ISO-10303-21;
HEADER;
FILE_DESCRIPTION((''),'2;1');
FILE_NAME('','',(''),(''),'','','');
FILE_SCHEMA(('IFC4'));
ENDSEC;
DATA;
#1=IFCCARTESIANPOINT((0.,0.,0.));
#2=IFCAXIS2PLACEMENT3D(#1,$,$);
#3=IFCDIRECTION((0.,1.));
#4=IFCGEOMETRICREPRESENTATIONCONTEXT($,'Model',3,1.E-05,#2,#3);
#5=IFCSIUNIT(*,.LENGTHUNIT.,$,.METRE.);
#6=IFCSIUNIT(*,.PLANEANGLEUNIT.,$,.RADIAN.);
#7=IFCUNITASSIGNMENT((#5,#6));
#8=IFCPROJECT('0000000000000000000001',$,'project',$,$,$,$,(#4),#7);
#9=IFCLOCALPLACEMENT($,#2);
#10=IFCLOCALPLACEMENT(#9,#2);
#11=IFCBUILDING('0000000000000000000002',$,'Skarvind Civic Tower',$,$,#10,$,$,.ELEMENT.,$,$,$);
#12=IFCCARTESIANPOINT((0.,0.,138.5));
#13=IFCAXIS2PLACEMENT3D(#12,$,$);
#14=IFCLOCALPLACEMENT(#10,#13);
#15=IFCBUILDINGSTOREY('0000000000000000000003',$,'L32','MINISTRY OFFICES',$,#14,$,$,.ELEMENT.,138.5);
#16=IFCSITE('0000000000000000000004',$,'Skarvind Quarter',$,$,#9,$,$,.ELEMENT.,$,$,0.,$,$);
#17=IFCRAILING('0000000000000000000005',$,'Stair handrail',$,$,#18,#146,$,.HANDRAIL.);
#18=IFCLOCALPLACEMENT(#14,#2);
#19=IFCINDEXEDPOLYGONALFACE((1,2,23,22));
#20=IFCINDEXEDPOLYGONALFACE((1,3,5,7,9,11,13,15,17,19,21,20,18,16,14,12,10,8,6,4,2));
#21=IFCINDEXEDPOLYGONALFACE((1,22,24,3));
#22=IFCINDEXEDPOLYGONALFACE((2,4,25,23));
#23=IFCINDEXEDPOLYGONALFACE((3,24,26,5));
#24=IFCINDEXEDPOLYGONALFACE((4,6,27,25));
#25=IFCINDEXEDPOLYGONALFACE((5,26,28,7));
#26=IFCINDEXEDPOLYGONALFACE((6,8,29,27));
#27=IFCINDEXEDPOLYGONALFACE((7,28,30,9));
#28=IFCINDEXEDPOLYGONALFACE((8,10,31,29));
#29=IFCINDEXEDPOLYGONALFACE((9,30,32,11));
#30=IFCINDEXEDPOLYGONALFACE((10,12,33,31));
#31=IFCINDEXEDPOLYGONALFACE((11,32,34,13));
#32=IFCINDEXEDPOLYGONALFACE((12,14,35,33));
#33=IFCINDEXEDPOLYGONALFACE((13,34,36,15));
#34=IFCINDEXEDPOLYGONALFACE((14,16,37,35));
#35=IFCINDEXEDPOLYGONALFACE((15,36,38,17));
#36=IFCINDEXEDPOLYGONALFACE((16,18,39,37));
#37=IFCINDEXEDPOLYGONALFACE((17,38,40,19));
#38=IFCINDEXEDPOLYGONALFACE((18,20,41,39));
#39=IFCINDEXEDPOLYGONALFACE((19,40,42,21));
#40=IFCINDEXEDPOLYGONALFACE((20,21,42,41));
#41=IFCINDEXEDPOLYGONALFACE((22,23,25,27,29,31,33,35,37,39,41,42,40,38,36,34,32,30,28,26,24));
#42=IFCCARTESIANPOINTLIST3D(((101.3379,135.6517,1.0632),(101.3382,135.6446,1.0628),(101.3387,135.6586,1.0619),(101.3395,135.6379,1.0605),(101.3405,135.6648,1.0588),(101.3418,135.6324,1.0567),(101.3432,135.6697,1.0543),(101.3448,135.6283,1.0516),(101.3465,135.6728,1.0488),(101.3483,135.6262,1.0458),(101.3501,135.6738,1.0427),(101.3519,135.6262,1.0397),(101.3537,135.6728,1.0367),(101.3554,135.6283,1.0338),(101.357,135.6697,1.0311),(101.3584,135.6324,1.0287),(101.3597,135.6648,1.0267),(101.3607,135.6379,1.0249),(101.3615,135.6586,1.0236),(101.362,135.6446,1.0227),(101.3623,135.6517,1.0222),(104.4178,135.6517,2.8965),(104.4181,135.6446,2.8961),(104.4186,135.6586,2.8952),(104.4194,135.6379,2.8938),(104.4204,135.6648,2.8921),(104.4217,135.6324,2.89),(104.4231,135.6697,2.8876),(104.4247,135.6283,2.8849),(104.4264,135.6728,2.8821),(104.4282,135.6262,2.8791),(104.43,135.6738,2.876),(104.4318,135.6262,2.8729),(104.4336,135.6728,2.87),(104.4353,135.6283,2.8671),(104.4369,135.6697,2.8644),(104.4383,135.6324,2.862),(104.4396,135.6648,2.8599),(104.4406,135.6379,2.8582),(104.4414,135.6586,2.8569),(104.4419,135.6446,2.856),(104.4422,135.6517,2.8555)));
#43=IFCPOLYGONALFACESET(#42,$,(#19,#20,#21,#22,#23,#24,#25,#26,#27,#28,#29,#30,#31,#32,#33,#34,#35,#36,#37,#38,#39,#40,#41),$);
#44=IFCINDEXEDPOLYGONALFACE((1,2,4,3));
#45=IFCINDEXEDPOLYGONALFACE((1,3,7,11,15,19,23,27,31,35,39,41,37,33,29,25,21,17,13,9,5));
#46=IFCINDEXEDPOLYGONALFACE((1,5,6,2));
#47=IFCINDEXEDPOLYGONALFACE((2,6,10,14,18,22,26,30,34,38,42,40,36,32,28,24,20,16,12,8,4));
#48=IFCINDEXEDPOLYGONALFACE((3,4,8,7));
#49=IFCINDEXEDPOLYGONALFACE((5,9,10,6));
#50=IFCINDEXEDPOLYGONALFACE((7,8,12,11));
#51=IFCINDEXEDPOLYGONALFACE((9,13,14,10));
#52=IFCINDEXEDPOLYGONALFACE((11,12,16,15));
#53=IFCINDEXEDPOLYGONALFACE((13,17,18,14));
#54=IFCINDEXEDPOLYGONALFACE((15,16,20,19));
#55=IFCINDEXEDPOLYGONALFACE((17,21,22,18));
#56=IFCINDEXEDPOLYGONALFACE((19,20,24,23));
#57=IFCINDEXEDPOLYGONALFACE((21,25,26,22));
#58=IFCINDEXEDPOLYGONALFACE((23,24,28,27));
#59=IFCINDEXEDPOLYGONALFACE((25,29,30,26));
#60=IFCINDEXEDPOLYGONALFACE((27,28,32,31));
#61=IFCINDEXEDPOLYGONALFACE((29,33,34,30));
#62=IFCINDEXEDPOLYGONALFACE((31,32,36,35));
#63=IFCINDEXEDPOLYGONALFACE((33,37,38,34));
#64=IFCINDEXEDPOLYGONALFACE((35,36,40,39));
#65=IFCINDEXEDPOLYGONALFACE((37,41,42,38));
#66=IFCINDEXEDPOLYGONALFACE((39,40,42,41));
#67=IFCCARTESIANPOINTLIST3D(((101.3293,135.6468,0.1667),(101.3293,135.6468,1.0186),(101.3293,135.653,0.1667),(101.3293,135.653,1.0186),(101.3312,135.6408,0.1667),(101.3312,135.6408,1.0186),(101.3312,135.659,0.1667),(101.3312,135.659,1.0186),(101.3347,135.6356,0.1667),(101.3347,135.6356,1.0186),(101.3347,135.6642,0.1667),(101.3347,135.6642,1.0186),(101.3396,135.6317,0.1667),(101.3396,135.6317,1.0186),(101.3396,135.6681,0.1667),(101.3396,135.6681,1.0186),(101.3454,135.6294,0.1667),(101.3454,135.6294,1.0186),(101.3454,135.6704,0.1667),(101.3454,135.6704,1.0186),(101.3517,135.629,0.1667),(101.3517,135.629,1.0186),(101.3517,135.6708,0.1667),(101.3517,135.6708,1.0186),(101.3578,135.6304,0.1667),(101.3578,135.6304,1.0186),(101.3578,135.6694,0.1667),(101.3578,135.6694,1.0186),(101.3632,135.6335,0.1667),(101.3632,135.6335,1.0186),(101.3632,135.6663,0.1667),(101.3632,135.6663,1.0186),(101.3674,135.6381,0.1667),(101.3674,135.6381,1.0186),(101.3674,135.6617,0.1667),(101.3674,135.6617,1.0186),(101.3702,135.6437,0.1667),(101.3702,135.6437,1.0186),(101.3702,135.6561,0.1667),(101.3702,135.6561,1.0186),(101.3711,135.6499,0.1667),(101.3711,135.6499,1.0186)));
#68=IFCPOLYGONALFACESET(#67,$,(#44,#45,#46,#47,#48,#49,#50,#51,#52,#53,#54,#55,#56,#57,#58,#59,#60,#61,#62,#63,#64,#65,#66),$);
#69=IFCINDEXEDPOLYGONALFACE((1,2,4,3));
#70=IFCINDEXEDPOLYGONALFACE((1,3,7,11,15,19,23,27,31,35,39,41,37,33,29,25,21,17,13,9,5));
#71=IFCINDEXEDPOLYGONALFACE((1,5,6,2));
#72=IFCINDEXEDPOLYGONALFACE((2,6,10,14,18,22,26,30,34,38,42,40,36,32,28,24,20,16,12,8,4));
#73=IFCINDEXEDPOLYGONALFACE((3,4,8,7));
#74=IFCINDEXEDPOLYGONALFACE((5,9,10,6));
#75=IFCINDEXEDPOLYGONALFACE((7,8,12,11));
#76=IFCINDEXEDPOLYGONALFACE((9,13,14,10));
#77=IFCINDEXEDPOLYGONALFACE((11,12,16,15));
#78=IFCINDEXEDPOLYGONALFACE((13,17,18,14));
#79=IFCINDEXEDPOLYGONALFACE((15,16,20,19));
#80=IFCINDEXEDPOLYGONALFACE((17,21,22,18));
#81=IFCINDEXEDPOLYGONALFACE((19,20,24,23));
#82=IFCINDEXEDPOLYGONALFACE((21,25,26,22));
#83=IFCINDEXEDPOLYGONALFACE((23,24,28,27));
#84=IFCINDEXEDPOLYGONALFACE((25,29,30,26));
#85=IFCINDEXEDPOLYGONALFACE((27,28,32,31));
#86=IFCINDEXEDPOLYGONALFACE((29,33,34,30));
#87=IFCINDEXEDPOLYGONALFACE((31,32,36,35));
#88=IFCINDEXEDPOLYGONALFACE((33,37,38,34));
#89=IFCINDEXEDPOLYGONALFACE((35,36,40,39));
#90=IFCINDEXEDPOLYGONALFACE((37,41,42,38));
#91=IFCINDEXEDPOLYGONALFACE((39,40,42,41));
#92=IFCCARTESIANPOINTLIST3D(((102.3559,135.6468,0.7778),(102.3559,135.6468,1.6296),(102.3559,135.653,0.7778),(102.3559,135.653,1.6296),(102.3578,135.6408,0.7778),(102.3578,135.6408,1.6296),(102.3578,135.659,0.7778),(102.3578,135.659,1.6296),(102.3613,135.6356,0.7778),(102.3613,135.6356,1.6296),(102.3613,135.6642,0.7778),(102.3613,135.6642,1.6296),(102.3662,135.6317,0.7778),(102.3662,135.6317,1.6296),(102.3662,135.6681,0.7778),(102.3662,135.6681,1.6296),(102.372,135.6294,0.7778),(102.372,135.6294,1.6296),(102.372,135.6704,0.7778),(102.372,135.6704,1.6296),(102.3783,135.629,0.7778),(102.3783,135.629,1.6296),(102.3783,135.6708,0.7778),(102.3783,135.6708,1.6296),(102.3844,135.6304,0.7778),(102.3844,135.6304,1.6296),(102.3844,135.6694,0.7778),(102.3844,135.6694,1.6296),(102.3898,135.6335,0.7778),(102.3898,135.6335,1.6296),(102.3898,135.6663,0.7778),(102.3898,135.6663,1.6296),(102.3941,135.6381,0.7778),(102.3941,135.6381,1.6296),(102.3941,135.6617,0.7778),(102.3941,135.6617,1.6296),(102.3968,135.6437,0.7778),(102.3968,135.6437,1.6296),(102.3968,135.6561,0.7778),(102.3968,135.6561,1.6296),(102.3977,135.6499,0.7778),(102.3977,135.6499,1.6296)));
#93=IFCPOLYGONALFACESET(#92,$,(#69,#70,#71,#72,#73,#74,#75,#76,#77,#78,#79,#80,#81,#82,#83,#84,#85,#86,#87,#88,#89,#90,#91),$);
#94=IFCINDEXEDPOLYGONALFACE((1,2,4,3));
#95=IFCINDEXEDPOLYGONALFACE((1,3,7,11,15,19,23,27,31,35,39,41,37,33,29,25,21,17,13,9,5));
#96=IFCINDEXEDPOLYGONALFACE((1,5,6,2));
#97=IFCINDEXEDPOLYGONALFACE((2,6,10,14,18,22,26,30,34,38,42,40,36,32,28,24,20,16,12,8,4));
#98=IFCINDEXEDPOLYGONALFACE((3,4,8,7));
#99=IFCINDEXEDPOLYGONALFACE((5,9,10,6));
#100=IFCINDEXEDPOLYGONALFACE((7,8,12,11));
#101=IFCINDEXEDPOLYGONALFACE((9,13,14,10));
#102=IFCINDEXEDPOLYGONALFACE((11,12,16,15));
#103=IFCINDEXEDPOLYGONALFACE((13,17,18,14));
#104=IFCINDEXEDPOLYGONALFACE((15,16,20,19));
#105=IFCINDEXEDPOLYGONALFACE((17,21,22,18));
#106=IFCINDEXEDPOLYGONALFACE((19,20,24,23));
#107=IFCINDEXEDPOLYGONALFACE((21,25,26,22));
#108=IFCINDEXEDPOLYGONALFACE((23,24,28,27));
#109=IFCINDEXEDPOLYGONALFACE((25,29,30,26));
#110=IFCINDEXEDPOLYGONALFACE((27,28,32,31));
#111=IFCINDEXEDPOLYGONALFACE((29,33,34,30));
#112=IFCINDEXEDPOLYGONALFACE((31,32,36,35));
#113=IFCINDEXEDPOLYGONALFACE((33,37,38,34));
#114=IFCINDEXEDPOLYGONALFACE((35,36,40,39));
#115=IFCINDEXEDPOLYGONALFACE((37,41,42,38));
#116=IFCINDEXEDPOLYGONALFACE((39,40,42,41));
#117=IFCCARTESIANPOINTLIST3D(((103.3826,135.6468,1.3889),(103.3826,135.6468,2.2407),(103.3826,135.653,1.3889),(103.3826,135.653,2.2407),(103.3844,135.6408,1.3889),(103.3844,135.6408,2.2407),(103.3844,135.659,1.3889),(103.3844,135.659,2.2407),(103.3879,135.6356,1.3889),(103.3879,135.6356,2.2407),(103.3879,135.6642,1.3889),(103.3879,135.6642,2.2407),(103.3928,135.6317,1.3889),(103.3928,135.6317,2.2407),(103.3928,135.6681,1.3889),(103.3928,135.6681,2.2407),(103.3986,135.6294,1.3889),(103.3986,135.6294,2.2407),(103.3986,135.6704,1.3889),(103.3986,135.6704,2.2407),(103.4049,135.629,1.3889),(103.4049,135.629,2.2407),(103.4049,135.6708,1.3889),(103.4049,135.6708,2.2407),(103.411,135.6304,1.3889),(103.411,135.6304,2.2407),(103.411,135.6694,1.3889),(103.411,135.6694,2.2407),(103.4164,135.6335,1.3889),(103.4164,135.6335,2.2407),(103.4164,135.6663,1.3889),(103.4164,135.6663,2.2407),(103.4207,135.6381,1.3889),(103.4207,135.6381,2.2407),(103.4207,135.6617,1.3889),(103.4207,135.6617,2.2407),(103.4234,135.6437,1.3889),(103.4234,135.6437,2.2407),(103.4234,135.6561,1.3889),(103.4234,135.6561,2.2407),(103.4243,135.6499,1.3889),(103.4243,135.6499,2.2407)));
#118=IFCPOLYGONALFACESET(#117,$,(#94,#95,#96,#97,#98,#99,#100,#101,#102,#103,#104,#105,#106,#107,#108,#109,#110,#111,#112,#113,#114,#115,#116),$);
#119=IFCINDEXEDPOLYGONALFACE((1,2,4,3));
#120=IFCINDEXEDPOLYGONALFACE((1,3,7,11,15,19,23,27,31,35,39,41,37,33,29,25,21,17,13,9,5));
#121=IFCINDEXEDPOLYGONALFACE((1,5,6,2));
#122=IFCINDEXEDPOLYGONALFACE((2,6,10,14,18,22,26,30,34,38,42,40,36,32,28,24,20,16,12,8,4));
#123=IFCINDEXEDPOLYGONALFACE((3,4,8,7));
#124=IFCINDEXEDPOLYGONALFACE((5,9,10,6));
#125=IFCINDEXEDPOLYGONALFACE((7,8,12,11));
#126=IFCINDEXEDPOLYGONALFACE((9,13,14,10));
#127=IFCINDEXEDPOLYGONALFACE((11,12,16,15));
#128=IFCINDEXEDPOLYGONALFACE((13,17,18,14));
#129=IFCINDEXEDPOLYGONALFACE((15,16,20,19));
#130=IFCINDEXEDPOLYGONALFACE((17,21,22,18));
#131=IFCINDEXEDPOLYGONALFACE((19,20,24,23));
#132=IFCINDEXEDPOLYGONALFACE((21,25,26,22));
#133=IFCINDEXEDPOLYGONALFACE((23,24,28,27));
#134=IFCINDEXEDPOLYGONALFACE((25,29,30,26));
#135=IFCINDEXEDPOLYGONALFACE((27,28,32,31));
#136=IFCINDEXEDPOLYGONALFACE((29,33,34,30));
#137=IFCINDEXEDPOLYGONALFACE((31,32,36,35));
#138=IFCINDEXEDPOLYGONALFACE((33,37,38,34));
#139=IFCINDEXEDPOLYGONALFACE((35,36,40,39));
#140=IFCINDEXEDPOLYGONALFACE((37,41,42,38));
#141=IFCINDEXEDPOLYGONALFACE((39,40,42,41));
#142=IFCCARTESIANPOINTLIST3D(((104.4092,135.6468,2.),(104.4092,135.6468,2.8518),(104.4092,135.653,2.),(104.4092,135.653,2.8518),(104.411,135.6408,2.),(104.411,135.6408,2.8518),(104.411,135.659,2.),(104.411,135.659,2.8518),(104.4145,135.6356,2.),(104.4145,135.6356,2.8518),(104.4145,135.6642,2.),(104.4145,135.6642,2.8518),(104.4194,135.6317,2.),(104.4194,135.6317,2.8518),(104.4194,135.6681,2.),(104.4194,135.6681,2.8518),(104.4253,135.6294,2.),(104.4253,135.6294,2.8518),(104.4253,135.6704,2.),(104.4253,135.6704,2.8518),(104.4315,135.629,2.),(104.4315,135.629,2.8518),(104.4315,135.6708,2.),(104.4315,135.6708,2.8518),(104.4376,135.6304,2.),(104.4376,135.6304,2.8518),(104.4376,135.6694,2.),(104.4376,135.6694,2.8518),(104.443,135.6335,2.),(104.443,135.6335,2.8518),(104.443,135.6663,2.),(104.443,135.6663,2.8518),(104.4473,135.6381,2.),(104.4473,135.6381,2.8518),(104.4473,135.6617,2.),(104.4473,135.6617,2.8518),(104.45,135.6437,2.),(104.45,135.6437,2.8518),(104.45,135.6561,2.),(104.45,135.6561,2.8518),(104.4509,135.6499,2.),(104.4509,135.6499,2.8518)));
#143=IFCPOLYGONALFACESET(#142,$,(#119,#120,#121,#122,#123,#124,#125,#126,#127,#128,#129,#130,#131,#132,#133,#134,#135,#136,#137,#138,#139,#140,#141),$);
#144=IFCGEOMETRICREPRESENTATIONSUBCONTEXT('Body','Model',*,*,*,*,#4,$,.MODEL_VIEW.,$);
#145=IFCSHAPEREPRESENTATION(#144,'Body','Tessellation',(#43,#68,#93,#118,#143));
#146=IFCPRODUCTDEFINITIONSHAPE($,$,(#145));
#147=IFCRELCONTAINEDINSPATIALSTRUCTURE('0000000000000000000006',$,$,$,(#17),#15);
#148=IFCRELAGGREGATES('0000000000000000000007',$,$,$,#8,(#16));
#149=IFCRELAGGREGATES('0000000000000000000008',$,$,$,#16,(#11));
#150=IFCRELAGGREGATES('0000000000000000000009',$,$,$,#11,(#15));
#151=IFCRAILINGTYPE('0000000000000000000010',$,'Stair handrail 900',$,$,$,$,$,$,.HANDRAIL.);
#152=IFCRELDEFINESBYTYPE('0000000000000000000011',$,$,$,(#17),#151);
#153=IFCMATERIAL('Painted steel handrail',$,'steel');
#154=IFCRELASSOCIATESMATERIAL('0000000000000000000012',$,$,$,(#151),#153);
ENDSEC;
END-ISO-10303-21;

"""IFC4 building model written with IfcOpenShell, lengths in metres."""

from ifc_helpers import new_model, si_unit, direction, frame, origin, origin_2d, place, context, subcontext, project, spatial, circle, extrude, material, type_object, element, save


model = new_model("IFC4")

# Units and contexts
model_context = context("Model", 3, precision=1e-05, world=origin(), true_north=direction((0.0, 1.0)))
body_context = subcontext(model_context, "Body", "Model", "MODEL_VIEW")
ifc_project = project(units=[si_unit("LENGTHUNIT", "METRE"), si_unit("PLANEANGLEUNIT", "RADIAN")], contexts=[model_context])

# Site, building, storey
site_placement = place(None, origin())
site = spatial("IfcSite", under=ifc_project, at=site_placement, Name="Skarvind Quarter", CompositionType="ELEMENT", RefElevation=0.0)
building_placement = place(site_placement, origin())
building = spatial("IfcBuilding", under=site, at=building_placement, Name="Skarvind Civic Tower", CompositionType="ELEMENT")
storey_placement = place(building_placement, frame((0.0, 0.0, 138.5)))
storey = spatial("IfcBuildingStorey", under=building, at=storey_placement, Name="L32", Description="MINISTRY OFFICES", CompositionType="ELEMENT", Elevation=138.5)

# Railing
ifc_material_1 = material(Name="Painted steel handrail", Category="steel")
railing_type = type_object("IfcRailingType", Name="Stair handrail 900", PredefinedType="HANDRAIL", material=ifc_material_1)
railing_1_placement = place(storey_placement, frame((101.3501, 135.6499, 0.1667)))
element("IfcRailing", 1, at=railing_1_placement, inside=storey, type_object=railing_type, Name="Stair handrail", PredefinedType="HANDRAIL", context=body_context, shape_type="SweptSolid", body=[
    extrude(circle(Radius=0.0239, at=origin_2d()), frame((0.0, 0.0, 0.876), z_axis=(0.859291, 0.0, 0.511487), x_axis=(0.0, 1.0, 0.0)), (0.0, 0.0, 1.0), 3.5842),
    extrude(circle(Radius=0.021, at=origin_2d()), origin(), (0.0, 0.0, 1.0), 0.8518),
    extrude(circle(Radius=0.021, at=origin_2d()), frame((1.0266, 0.0, 0.6111)), (0.0, 0.0, 1.0), 0.8518),
    extrude(circle(Radius=0.021, at=origin_2d()), frame((2.0532, 0.0, 1.2222)), (0.0, 0.0, 1.0), 0.8518),
    extrude(circle(Radius=0.021, at=origin_2d()), frame((3.0798, 0.0, 1.8333)), (0.0, 0.0, 1.0), 0.8518),
])

save(model, "model.ifc")
